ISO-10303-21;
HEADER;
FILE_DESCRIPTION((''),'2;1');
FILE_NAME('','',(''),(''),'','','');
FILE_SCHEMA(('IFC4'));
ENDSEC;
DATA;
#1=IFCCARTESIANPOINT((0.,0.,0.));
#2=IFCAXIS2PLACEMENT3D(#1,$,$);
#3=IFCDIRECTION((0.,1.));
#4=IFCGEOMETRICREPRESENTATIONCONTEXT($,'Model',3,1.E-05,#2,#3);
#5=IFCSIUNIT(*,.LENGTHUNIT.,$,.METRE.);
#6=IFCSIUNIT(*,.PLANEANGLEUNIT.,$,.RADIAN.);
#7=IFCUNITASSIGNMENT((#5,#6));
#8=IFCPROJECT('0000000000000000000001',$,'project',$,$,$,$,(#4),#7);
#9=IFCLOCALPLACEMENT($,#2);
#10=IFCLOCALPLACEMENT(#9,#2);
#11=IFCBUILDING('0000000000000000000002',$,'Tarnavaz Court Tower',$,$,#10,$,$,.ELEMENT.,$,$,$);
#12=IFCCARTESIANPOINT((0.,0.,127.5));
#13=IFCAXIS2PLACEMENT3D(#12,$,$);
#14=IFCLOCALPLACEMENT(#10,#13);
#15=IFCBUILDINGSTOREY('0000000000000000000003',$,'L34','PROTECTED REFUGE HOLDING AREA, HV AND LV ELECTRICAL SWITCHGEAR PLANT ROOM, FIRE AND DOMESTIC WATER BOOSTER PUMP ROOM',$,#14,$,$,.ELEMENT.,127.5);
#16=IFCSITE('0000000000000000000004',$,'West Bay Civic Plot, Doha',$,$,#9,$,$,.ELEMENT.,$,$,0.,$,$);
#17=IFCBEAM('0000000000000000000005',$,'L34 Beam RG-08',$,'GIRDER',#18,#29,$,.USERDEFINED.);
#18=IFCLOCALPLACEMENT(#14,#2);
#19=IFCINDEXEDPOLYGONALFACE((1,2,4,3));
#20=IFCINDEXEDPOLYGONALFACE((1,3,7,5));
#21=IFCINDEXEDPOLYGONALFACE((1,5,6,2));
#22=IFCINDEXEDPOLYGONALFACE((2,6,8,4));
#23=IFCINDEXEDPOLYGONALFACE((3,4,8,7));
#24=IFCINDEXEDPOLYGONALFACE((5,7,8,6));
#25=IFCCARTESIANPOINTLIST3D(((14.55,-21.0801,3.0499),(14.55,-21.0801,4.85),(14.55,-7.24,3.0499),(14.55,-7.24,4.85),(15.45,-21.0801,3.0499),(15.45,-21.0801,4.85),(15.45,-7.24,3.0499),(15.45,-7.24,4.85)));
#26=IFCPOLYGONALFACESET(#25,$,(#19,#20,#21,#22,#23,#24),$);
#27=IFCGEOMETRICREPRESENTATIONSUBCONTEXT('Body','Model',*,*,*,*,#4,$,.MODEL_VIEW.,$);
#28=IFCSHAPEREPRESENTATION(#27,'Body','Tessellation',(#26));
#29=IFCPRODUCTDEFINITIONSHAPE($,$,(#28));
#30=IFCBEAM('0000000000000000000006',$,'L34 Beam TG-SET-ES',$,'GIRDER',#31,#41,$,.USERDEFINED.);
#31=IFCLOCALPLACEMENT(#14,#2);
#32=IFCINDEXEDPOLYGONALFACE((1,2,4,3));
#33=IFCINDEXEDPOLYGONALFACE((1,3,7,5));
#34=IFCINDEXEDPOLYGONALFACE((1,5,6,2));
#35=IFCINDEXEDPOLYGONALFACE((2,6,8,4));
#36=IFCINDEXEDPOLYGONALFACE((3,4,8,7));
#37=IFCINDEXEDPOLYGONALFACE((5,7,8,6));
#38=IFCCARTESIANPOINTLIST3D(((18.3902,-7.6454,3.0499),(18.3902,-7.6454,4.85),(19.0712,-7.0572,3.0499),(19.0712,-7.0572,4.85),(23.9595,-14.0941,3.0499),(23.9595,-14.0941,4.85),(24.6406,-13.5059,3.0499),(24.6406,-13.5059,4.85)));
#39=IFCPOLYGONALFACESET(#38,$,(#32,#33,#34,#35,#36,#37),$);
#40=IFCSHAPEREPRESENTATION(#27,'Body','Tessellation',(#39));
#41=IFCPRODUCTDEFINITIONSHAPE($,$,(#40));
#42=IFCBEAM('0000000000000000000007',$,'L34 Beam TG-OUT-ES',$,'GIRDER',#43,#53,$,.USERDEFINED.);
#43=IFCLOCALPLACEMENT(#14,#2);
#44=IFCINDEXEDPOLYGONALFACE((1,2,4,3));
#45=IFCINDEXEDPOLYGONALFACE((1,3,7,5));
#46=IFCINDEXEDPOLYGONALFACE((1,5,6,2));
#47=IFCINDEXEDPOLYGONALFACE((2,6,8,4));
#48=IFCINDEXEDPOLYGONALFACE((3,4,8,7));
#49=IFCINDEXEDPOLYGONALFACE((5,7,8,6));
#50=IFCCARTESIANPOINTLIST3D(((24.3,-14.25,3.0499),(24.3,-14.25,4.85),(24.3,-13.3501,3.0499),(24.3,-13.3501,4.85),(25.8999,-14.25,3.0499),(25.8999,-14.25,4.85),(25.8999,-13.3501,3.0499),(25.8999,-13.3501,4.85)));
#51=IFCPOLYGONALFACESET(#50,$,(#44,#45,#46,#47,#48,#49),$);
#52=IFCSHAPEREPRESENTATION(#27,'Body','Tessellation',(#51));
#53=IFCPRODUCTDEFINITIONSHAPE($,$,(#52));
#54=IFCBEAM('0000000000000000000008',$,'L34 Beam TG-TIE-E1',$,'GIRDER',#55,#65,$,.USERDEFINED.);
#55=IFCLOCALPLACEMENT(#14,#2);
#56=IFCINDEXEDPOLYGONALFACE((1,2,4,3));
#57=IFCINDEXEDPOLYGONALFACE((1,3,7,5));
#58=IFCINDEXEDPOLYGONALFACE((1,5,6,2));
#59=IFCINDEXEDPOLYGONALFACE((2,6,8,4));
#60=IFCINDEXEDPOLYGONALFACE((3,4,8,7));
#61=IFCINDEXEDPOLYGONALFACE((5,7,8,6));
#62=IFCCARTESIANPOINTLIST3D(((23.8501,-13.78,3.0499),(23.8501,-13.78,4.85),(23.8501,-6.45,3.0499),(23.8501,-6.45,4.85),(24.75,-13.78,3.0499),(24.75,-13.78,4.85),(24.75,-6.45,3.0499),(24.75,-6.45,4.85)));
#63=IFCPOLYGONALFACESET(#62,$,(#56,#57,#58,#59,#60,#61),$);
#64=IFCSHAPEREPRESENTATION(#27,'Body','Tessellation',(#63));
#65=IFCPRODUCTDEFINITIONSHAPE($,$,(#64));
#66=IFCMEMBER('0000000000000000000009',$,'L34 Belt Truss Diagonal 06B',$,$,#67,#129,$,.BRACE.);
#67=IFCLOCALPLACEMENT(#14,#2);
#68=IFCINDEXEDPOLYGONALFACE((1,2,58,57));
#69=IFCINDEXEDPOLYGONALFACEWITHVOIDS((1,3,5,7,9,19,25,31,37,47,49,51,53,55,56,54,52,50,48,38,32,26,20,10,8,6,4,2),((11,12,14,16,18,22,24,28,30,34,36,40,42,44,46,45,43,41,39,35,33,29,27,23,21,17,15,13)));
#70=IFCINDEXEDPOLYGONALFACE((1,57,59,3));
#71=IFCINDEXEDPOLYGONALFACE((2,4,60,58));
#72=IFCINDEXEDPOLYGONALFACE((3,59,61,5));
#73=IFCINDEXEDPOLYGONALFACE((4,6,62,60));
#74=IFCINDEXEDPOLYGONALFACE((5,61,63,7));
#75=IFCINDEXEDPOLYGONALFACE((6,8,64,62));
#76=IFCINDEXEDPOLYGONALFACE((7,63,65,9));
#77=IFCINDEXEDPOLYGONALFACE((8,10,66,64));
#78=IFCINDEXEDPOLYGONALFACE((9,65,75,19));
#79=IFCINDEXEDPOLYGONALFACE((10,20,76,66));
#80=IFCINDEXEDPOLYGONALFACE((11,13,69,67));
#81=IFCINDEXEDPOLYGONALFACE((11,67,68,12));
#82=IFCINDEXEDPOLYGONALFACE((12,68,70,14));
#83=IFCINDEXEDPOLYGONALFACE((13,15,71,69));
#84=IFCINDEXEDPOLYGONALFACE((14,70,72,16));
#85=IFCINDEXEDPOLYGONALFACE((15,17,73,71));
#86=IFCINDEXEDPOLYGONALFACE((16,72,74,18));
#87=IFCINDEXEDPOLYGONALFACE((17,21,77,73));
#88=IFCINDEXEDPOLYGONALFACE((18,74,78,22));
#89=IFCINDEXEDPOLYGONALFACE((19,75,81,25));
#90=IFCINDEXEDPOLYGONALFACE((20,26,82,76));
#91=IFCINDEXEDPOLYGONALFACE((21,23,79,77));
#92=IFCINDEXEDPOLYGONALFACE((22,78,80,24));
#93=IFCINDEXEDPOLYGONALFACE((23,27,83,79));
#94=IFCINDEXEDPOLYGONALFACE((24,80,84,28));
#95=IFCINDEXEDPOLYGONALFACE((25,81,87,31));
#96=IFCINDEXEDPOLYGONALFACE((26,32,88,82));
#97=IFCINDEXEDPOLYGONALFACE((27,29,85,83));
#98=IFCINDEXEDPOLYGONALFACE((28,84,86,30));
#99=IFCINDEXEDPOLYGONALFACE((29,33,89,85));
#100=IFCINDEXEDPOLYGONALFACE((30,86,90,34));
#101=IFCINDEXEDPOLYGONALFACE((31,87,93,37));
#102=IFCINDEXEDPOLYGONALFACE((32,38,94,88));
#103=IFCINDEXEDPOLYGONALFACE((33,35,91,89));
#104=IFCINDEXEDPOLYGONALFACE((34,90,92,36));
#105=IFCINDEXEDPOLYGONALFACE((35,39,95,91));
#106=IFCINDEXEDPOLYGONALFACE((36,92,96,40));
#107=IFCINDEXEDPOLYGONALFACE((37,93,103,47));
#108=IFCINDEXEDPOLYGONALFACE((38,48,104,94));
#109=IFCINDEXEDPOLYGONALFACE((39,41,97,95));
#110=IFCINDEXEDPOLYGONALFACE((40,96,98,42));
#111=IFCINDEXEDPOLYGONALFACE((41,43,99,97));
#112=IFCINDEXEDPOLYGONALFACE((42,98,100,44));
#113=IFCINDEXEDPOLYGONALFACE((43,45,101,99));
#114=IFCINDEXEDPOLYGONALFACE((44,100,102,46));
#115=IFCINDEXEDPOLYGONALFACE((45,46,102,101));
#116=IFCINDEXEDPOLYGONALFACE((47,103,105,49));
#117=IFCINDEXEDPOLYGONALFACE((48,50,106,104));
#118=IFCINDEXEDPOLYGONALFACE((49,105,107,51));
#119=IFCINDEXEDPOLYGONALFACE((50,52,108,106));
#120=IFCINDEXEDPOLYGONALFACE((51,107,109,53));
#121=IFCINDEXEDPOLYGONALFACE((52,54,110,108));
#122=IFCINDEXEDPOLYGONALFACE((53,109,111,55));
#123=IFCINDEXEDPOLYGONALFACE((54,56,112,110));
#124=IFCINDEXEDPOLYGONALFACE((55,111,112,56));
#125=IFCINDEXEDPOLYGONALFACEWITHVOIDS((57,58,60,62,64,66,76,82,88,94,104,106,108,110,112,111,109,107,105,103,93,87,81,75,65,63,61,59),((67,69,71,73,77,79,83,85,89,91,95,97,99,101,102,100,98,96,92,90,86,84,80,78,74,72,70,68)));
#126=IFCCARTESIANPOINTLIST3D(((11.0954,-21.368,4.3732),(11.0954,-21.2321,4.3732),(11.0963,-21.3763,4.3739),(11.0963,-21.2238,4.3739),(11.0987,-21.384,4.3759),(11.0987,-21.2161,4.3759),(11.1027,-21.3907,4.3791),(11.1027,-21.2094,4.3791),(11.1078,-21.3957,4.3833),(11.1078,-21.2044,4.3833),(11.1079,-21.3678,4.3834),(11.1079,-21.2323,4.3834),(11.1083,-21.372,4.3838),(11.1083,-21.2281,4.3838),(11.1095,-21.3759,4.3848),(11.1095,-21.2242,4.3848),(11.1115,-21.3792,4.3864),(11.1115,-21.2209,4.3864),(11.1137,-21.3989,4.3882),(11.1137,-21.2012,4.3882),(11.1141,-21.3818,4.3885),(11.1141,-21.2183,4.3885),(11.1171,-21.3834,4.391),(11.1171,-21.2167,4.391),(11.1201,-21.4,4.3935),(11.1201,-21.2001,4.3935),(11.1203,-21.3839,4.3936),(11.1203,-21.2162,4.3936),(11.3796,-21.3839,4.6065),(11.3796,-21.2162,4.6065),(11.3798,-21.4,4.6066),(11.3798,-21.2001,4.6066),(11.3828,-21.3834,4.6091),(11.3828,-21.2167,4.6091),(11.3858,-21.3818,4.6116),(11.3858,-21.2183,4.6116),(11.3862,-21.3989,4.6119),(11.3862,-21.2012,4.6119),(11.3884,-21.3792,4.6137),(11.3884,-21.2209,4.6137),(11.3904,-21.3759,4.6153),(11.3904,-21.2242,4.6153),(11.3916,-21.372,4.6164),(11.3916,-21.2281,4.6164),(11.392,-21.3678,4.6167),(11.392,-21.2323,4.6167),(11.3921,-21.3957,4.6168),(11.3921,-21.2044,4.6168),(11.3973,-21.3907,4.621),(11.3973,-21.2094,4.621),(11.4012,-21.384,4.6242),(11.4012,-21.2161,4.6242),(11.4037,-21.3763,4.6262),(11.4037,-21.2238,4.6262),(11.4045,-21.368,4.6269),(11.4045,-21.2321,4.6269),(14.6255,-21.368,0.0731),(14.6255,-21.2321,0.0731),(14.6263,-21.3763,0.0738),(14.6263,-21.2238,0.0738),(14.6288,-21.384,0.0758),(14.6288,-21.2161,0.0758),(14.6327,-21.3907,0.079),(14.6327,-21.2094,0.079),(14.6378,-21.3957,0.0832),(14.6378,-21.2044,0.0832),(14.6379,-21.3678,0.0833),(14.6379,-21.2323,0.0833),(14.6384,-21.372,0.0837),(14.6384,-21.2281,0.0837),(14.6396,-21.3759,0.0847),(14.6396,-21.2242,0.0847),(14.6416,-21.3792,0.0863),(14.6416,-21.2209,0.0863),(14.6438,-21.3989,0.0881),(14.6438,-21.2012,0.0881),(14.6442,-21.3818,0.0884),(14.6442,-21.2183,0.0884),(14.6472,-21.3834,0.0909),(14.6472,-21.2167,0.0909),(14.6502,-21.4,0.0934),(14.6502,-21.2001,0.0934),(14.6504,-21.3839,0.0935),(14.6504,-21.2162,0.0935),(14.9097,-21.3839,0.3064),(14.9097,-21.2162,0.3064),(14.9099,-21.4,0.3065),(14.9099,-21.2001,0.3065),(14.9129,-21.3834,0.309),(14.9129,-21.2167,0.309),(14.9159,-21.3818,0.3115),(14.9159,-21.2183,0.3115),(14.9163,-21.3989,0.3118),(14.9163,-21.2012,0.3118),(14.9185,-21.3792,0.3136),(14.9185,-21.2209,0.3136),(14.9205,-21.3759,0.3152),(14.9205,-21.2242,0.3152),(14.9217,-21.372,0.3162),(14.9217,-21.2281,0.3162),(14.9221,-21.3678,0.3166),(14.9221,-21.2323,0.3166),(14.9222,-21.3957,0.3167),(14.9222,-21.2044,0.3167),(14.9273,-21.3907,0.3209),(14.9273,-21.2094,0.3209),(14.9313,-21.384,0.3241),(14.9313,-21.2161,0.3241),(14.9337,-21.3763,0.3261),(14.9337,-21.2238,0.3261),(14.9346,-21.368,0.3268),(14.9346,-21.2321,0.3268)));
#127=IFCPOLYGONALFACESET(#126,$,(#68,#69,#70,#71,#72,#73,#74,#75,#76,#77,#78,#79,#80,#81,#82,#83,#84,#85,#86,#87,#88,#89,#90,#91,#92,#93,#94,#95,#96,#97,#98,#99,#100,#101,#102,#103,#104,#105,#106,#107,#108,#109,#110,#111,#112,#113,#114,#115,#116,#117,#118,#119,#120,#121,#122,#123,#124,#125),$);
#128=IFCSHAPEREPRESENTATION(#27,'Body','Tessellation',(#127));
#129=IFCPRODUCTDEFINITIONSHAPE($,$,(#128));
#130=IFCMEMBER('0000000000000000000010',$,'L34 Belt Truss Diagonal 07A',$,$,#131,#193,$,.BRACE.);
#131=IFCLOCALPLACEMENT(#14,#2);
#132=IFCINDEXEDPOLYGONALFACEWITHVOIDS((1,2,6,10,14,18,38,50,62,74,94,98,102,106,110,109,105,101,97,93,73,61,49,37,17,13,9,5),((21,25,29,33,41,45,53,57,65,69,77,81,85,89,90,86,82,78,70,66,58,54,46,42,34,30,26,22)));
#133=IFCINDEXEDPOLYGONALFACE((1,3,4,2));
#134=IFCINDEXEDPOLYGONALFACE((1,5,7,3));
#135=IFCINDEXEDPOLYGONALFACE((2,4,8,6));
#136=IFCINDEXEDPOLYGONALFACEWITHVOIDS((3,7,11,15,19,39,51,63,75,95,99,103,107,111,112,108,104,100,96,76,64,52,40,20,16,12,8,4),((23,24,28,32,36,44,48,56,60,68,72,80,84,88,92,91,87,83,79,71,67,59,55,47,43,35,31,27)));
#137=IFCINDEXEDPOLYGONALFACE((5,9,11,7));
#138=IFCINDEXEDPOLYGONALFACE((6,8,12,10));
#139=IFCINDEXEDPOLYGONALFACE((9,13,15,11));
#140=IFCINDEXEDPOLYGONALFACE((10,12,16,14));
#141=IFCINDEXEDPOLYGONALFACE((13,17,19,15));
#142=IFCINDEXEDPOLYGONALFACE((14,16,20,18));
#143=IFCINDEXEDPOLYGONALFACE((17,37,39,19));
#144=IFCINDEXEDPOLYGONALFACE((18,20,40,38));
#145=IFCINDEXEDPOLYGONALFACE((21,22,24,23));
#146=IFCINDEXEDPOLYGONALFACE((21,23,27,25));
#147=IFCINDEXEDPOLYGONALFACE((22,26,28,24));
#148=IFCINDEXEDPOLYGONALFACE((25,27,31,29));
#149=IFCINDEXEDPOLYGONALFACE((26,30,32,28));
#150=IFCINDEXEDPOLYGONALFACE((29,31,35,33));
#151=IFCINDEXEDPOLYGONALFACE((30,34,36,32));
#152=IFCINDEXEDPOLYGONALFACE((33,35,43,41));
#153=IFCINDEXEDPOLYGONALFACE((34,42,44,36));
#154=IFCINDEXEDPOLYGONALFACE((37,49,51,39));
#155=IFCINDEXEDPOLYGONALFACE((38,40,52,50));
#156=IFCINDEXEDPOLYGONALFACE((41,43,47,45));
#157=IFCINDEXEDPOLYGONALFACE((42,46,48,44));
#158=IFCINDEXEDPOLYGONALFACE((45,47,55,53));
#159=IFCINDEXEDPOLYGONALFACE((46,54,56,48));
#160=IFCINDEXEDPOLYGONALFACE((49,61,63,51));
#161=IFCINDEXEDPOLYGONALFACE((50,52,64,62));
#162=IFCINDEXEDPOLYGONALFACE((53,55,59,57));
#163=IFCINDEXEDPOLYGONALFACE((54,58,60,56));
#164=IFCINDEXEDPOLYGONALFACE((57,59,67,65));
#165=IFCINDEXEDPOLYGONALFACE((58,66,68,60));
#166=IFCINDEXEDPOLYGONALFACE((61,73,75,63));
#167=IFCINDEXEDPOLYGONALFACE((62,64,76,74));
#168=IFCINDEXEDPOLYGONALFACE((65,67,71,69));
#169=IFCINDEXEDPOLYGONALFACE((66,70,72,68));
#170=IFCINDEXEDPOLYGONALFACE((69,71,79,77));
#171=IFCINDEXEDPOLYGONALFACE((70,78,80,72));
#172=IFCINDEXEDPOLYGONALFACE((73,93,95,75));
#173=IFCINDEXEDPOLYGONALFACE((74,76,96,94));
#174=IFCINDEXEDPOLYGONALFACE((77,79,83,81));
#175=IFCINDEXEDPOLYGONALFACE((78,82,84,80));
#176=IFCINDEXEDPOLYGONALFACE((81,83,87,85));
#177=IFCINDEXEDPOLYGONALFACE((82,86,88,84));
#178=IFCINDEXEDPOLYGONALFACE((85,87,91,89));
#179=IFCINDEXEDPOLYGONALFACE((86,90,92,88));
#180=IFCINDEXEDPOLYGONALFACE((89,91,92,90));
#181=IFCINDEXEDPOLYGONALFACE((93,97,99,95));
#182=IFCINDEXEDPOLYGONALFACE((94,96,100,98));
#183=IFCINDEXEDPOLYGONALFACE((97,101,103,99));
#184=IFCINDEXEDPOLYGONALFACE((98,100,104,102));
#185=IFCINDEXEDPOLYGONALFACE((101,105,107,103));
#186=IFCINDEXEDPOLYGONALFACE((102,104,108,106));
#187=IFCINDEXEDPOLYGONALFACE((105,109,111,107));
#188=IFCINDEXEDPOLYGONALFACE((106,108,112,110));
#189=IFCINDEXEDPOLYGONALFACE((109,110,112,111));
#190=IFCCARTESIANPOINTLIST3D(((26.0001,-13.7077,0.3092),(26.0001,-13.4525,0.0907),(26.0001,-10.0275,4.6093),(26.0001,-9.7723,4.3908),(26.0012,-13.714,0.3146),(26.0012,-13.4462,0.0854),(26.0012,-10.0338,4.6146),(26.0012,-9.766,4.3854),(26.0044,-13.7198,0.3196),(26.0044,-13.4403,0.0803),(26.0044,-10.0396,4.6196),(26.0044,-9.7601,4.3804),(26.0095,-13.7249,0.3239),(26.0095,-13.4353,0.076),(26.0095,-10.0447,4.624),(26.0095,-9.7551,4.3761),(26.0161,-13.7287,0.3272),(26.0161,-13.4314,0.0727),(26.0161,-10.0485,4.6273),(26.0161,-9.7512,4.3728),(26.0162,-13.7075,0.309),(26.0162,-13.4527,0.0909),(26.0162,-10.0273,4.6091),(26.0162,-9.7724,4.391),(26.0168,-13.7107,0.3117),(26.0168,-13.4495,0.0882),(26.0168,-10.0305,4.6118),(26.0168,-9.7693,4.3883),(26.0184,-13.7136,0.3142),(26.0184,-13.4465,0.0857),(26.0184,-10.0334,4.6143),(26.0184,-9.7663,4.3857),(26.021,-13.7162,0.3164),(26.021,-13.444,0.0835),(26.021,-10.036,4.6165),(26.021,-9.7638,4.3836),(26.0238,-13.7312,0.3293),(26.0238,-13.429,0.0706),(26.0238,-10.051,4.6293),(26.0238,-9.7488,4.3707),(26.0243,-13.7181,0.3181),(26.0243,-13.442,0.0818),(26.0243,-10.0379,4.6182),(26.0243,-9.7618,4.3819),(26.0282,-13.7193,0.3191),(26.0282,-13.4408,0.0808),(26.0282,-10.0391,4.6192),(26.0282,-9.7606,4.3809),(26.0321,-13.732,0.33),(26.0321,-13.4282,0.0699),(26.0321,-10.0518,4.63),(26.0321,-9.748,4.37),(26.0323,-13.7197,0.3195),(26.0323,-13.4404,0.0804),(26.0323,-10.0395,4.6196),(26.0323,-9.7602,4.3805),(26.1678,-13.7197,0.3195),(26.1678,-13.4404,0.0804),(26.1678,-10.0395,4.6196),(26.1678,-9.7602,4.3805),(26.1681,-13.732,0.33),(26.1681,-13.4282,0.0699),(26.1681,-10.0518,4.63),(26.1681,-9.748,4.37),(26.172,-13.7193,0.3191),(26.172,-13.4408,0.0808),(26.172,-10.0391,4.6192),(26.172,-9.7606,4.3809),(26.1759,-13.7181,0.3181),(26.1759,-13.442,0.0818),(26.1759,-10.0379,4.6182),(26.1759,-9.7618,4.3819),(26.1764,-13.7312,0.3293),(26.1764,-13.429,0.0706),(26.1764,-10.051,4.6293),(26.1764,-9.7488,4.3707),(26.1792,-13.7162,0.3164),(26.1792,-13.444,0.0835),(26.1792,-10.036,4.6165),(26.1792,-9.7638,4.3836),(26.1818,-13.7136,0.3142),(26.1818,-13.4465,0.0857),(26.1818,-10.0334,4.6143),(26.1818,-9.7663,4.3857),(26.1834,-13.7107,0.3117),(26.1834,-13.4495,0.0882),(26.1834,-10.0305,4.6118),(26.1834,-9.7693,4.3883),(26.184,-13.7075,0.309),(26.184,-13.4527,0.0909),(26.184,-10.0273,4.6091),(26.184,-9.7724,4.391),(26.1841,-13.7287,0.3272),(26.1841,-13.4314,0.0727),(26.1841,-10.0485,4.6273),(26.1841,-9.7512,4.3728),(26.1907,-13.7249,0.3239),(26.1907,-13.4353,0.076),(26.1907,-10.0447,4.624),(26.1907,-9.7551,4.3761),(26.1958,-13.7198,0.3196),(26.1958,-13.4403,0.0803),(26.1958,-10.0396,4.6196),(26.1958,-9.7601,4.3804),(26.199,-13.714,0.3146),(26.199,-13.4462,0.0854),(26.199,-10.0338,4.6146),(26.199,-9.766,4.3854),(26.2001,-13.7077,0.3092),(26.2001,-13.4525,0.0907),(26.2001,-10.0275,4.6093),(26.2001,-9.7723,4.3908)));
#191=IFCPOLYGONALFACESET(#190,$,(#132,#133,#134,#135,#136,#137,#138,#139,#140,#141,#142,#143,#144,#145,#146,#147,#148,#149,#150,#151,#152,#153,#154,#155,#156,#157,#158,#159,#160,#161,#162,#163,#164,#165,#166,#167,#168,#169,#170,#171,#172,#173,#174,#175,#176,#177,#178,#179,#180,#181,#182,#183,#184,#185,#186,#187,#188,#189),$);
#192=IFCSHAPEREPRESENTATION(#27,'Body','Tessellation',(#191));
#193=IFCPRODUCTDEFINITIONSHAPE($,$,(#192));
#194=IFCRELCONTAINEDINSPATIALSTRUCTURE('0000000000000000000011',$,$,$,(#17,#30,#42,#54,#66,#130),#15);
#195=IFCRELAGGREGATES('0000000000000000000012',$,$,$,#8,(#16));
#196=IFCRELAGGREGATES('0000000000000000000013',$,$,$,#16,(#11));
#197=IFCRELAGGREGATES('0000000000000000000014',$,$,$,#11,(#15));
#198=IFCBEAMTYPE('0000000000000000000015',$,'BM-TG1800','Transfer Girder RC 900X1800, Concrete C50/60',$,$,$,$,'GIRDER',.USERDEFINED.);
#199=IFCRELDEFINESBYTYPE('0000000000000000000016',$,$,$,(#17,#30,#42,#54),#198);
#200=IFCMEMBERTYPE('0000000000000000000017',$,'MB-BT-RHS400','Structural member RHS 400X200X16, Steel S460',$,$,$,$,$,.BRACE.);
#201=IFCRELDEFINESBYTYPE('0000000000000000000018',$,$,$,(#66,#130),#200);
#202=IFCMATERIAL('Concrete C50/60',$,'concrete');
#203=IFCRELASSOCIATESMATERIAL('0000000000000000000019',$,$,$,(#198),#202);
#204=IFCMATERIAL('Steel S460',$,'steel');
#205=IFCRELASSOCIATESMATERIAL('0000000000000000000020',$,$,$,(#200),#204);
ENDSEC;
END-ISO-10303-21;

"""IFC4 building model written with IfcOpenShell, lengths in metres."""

from ifc_helpers import new_model, si_unit, direction, frame, origin, origin_2d, place, context, subcontext, project, spatial, rectangle, hollow_rectangle, extrude, material, material_profile, profile_set, type_object, element, save


model = new_model("IFC4")

# Units and contexts
model_context = context("Model", 3, precision=1e-05, world=origin(), true_north=direction((0.0, 1.0)))
body_context = subcontext(model_context, "Body", "Model", "MODEL_VIEW")
ifc_project = project(units=[si_unit("LENGTHUNIT", "METRE"), si_unit("PLANEANGLEUNIT", "RADIAN")], contexts=[model_context])

# Site, building, storey
site_placement = place(None, origin())
site = spatial("IfcSite", under=ifc_project, at=site_placement, Name="West Bay Civic Plot, Doha", CompositionType="ELEMENT", RefElevation=0.0)
building_placement = place(site_placement, origin())
building = spatial("IfcBuilding", under=site, at=building_placement, Name="Tarnavaz Court Tower", CompositionType="ELEMENT")
storey_placement = place(building_placement, frame((0.0, 0.0, 127.5)))
storey = spatial("IfcBuildingStorey", under=building, at=storey_placement, Name="L34", Description="PROTECTED REFUGE HOLDING AREA, HV AND LV ELECTRICAL SWITCHGEAR PLANT ROOM, FIRE AND DOMESTIC WATER BOOSTER PUMP ROOM", CompositionType="ELEMENT", Elevation=127.5)

# Shared definitions
ifc_material_1 = material(Name="Steel S460", Category="steel")

# Beams
ifc_material_2 = material(Name="Concrete C50/60", Category="concrete")
ifc_material_profile_1 = material_profile(ifc_material_2, rectangle(XDim=0.8999, YDim=1.8, at=origin_2d()), Name="RC 900X1800")
ifc_profile_set_1 = profile_set([ifc_material_profile_1], Name="Concrete C50/60")
beam_type_1 = type_object("IfcBeamType", Name="BM-TG1800", Description="Transfer Girder RC 900X1800, Concrete C50/60", ElementType="GIRDER", PredefinedType="USERDEFINED", material=ifc_profile_set_1)
beam_1_placement = place(storey_placement, frame((15.0, -7.24, 3.95), z_axis=(0.0, -1.0, 0.0), x_axis=(1.0, 0.0, 0.0)))
element("IfcBeam", 1, at=beam_1_placement, inside=storey, type_object=beam_type_1, Name="L34 Beam RG-08", ObjectType="GIRDER", PredefinedType="USERDEFINED", context=body_context, shape_type="SweptSolid", body=[
    extrude(rectangle(XDim=0.8999, YDim=1.8, at=origin_2d()), origin(), (0.0, 0.0, 1.0), 13.8401),
])
beam_2_placement = place(storey_placement, frame((18.7307, -7.3513, 3.95), z_axis=(0.653618, -0.756824, 0.0), x_axis=(0.756824, 0.653618, 0.0)))
element("IfcBeam", 2, at=beam_2_placement, inside=storey, type_object=beam_type_1, Name="L34 Beam TG-SET-ES", ObjectType="GIRDER", PredefinedType="USERDEFINED", context=body_context, shape_type="SweptSolid", body=[
    extrude(rectangle(XDim=0.8999, YDim=1.8, at=origin_2d()), origin(), (0.0, 0.0, 1.0), 8.5208),
])
beam_3_placement = place(storey_placement, frame((24.3, -13.8, 3.95), z_axis=(1.0, 0.0, 0.0), x_axis=(0.0, 1.0, 0.0)))
element("IfcBeam", 3, at=beam_3_placement, inside=storey, type_object=beam_type_1, Name="L34 Beam TG-OUT-ES", ObjectType="GIRDER", PredefinedType="USERDEFINED", context=body_context, shape_type="SweptSolid", body=[
    extrude(rectangle(XDim=0.8999, YDim=1.8, at=origin_2d()), origin(), (0.0, 0.0, 1.0), 1.5999),
])
beam_4_placement = place(storey_placement, frame((24.3, -13.78, 3.95), z_axis=(0.0, 1.0, 0.0), x_axis=(-1.0, 0.0, 0.0)))
element("IfcBeam", 4, at=beam_4_placement, inside=storey, type_object=beam_type_1, Name="L34 Beam TG-TIE-E1", ObjectType="GIRDER", PredefinedType="USERDEFINED", context=body_context, shape_type="SweptSolid", body=[
    extrude(rectangle(XDim=0.8999, YDim=1.8, at=origin_2d()), origin(), (0.0, 0.0, 1.0), 7.3301),
])

# Members
ifc_material_profile_2 = material_profile(ifc_material_1, hollow_rectangle(XDim=0.2, YDim=0.3999, WallThickness=0.0161, InnerFilletRadius=0.0161, OuterFilletRadius=0.032, at=origin_2d()), Name="RHS 400X200X16")
ifc_profile_set_2 = profile_set([ifc_material_profile_2], Name="Steel S460")
member_type_1 = type_object("IfcMemberType", Name="MB-BT-RHS400", Description="Structural member RHS 400X200X16, Steel S460", PredefinedType="BRACE", material=ifc_profile_set_2)
member_1_placement = place(storey_placement, frame((14.78, -21.3, 0.2), z_axis=(-0.634508, 0.0, 0.772916), x_axis=(0.0, -1.0, 0.0)))
element("IfcMember", 5, at=member_1_placement, inside=storey, type_object=member_type_1, Name="L34 Belt Truss Diagonal 06B", PredefinedType="BRACE", context=body_context, shape_type="SweptSolid", body=[
    extrude(hollow_rectangle(XDim=0.2, YDim=0.3999, WallThickness=0.0161, InnerFilletRadius=0.0161, OuterFilletRadius=0.032, at=origin_2d()), origin(), (0.0, 0.0, 1.0), 5.5635),
])
member_2_placement = place(storey_placement, frame((26.1001, -13.5801, 0.2), z_axis=(0.0, 0.650223, 0.759744), x_axis=(-1.0, 0.0, 0.0)))
element("IfcMember", 6, at=member_2_placement, inside=storey, type_object=member_type_1, Name="L34 Belt Truss Diagonal 07A", PredefinedType="BRACE", context=body_context, shape_type="SweptSolid", body=[
    extrude(hollow_rectangle(XDim=0.2, YDim=0.3999, WallThickness=0.0161, InnerFilletRadius=0.0161, OuterFilletRadius=0.032, at=origin_2d()), origin(), (0.0, 0.0, 1.0), 5.6599),
])

save(model, "model.ifc")
